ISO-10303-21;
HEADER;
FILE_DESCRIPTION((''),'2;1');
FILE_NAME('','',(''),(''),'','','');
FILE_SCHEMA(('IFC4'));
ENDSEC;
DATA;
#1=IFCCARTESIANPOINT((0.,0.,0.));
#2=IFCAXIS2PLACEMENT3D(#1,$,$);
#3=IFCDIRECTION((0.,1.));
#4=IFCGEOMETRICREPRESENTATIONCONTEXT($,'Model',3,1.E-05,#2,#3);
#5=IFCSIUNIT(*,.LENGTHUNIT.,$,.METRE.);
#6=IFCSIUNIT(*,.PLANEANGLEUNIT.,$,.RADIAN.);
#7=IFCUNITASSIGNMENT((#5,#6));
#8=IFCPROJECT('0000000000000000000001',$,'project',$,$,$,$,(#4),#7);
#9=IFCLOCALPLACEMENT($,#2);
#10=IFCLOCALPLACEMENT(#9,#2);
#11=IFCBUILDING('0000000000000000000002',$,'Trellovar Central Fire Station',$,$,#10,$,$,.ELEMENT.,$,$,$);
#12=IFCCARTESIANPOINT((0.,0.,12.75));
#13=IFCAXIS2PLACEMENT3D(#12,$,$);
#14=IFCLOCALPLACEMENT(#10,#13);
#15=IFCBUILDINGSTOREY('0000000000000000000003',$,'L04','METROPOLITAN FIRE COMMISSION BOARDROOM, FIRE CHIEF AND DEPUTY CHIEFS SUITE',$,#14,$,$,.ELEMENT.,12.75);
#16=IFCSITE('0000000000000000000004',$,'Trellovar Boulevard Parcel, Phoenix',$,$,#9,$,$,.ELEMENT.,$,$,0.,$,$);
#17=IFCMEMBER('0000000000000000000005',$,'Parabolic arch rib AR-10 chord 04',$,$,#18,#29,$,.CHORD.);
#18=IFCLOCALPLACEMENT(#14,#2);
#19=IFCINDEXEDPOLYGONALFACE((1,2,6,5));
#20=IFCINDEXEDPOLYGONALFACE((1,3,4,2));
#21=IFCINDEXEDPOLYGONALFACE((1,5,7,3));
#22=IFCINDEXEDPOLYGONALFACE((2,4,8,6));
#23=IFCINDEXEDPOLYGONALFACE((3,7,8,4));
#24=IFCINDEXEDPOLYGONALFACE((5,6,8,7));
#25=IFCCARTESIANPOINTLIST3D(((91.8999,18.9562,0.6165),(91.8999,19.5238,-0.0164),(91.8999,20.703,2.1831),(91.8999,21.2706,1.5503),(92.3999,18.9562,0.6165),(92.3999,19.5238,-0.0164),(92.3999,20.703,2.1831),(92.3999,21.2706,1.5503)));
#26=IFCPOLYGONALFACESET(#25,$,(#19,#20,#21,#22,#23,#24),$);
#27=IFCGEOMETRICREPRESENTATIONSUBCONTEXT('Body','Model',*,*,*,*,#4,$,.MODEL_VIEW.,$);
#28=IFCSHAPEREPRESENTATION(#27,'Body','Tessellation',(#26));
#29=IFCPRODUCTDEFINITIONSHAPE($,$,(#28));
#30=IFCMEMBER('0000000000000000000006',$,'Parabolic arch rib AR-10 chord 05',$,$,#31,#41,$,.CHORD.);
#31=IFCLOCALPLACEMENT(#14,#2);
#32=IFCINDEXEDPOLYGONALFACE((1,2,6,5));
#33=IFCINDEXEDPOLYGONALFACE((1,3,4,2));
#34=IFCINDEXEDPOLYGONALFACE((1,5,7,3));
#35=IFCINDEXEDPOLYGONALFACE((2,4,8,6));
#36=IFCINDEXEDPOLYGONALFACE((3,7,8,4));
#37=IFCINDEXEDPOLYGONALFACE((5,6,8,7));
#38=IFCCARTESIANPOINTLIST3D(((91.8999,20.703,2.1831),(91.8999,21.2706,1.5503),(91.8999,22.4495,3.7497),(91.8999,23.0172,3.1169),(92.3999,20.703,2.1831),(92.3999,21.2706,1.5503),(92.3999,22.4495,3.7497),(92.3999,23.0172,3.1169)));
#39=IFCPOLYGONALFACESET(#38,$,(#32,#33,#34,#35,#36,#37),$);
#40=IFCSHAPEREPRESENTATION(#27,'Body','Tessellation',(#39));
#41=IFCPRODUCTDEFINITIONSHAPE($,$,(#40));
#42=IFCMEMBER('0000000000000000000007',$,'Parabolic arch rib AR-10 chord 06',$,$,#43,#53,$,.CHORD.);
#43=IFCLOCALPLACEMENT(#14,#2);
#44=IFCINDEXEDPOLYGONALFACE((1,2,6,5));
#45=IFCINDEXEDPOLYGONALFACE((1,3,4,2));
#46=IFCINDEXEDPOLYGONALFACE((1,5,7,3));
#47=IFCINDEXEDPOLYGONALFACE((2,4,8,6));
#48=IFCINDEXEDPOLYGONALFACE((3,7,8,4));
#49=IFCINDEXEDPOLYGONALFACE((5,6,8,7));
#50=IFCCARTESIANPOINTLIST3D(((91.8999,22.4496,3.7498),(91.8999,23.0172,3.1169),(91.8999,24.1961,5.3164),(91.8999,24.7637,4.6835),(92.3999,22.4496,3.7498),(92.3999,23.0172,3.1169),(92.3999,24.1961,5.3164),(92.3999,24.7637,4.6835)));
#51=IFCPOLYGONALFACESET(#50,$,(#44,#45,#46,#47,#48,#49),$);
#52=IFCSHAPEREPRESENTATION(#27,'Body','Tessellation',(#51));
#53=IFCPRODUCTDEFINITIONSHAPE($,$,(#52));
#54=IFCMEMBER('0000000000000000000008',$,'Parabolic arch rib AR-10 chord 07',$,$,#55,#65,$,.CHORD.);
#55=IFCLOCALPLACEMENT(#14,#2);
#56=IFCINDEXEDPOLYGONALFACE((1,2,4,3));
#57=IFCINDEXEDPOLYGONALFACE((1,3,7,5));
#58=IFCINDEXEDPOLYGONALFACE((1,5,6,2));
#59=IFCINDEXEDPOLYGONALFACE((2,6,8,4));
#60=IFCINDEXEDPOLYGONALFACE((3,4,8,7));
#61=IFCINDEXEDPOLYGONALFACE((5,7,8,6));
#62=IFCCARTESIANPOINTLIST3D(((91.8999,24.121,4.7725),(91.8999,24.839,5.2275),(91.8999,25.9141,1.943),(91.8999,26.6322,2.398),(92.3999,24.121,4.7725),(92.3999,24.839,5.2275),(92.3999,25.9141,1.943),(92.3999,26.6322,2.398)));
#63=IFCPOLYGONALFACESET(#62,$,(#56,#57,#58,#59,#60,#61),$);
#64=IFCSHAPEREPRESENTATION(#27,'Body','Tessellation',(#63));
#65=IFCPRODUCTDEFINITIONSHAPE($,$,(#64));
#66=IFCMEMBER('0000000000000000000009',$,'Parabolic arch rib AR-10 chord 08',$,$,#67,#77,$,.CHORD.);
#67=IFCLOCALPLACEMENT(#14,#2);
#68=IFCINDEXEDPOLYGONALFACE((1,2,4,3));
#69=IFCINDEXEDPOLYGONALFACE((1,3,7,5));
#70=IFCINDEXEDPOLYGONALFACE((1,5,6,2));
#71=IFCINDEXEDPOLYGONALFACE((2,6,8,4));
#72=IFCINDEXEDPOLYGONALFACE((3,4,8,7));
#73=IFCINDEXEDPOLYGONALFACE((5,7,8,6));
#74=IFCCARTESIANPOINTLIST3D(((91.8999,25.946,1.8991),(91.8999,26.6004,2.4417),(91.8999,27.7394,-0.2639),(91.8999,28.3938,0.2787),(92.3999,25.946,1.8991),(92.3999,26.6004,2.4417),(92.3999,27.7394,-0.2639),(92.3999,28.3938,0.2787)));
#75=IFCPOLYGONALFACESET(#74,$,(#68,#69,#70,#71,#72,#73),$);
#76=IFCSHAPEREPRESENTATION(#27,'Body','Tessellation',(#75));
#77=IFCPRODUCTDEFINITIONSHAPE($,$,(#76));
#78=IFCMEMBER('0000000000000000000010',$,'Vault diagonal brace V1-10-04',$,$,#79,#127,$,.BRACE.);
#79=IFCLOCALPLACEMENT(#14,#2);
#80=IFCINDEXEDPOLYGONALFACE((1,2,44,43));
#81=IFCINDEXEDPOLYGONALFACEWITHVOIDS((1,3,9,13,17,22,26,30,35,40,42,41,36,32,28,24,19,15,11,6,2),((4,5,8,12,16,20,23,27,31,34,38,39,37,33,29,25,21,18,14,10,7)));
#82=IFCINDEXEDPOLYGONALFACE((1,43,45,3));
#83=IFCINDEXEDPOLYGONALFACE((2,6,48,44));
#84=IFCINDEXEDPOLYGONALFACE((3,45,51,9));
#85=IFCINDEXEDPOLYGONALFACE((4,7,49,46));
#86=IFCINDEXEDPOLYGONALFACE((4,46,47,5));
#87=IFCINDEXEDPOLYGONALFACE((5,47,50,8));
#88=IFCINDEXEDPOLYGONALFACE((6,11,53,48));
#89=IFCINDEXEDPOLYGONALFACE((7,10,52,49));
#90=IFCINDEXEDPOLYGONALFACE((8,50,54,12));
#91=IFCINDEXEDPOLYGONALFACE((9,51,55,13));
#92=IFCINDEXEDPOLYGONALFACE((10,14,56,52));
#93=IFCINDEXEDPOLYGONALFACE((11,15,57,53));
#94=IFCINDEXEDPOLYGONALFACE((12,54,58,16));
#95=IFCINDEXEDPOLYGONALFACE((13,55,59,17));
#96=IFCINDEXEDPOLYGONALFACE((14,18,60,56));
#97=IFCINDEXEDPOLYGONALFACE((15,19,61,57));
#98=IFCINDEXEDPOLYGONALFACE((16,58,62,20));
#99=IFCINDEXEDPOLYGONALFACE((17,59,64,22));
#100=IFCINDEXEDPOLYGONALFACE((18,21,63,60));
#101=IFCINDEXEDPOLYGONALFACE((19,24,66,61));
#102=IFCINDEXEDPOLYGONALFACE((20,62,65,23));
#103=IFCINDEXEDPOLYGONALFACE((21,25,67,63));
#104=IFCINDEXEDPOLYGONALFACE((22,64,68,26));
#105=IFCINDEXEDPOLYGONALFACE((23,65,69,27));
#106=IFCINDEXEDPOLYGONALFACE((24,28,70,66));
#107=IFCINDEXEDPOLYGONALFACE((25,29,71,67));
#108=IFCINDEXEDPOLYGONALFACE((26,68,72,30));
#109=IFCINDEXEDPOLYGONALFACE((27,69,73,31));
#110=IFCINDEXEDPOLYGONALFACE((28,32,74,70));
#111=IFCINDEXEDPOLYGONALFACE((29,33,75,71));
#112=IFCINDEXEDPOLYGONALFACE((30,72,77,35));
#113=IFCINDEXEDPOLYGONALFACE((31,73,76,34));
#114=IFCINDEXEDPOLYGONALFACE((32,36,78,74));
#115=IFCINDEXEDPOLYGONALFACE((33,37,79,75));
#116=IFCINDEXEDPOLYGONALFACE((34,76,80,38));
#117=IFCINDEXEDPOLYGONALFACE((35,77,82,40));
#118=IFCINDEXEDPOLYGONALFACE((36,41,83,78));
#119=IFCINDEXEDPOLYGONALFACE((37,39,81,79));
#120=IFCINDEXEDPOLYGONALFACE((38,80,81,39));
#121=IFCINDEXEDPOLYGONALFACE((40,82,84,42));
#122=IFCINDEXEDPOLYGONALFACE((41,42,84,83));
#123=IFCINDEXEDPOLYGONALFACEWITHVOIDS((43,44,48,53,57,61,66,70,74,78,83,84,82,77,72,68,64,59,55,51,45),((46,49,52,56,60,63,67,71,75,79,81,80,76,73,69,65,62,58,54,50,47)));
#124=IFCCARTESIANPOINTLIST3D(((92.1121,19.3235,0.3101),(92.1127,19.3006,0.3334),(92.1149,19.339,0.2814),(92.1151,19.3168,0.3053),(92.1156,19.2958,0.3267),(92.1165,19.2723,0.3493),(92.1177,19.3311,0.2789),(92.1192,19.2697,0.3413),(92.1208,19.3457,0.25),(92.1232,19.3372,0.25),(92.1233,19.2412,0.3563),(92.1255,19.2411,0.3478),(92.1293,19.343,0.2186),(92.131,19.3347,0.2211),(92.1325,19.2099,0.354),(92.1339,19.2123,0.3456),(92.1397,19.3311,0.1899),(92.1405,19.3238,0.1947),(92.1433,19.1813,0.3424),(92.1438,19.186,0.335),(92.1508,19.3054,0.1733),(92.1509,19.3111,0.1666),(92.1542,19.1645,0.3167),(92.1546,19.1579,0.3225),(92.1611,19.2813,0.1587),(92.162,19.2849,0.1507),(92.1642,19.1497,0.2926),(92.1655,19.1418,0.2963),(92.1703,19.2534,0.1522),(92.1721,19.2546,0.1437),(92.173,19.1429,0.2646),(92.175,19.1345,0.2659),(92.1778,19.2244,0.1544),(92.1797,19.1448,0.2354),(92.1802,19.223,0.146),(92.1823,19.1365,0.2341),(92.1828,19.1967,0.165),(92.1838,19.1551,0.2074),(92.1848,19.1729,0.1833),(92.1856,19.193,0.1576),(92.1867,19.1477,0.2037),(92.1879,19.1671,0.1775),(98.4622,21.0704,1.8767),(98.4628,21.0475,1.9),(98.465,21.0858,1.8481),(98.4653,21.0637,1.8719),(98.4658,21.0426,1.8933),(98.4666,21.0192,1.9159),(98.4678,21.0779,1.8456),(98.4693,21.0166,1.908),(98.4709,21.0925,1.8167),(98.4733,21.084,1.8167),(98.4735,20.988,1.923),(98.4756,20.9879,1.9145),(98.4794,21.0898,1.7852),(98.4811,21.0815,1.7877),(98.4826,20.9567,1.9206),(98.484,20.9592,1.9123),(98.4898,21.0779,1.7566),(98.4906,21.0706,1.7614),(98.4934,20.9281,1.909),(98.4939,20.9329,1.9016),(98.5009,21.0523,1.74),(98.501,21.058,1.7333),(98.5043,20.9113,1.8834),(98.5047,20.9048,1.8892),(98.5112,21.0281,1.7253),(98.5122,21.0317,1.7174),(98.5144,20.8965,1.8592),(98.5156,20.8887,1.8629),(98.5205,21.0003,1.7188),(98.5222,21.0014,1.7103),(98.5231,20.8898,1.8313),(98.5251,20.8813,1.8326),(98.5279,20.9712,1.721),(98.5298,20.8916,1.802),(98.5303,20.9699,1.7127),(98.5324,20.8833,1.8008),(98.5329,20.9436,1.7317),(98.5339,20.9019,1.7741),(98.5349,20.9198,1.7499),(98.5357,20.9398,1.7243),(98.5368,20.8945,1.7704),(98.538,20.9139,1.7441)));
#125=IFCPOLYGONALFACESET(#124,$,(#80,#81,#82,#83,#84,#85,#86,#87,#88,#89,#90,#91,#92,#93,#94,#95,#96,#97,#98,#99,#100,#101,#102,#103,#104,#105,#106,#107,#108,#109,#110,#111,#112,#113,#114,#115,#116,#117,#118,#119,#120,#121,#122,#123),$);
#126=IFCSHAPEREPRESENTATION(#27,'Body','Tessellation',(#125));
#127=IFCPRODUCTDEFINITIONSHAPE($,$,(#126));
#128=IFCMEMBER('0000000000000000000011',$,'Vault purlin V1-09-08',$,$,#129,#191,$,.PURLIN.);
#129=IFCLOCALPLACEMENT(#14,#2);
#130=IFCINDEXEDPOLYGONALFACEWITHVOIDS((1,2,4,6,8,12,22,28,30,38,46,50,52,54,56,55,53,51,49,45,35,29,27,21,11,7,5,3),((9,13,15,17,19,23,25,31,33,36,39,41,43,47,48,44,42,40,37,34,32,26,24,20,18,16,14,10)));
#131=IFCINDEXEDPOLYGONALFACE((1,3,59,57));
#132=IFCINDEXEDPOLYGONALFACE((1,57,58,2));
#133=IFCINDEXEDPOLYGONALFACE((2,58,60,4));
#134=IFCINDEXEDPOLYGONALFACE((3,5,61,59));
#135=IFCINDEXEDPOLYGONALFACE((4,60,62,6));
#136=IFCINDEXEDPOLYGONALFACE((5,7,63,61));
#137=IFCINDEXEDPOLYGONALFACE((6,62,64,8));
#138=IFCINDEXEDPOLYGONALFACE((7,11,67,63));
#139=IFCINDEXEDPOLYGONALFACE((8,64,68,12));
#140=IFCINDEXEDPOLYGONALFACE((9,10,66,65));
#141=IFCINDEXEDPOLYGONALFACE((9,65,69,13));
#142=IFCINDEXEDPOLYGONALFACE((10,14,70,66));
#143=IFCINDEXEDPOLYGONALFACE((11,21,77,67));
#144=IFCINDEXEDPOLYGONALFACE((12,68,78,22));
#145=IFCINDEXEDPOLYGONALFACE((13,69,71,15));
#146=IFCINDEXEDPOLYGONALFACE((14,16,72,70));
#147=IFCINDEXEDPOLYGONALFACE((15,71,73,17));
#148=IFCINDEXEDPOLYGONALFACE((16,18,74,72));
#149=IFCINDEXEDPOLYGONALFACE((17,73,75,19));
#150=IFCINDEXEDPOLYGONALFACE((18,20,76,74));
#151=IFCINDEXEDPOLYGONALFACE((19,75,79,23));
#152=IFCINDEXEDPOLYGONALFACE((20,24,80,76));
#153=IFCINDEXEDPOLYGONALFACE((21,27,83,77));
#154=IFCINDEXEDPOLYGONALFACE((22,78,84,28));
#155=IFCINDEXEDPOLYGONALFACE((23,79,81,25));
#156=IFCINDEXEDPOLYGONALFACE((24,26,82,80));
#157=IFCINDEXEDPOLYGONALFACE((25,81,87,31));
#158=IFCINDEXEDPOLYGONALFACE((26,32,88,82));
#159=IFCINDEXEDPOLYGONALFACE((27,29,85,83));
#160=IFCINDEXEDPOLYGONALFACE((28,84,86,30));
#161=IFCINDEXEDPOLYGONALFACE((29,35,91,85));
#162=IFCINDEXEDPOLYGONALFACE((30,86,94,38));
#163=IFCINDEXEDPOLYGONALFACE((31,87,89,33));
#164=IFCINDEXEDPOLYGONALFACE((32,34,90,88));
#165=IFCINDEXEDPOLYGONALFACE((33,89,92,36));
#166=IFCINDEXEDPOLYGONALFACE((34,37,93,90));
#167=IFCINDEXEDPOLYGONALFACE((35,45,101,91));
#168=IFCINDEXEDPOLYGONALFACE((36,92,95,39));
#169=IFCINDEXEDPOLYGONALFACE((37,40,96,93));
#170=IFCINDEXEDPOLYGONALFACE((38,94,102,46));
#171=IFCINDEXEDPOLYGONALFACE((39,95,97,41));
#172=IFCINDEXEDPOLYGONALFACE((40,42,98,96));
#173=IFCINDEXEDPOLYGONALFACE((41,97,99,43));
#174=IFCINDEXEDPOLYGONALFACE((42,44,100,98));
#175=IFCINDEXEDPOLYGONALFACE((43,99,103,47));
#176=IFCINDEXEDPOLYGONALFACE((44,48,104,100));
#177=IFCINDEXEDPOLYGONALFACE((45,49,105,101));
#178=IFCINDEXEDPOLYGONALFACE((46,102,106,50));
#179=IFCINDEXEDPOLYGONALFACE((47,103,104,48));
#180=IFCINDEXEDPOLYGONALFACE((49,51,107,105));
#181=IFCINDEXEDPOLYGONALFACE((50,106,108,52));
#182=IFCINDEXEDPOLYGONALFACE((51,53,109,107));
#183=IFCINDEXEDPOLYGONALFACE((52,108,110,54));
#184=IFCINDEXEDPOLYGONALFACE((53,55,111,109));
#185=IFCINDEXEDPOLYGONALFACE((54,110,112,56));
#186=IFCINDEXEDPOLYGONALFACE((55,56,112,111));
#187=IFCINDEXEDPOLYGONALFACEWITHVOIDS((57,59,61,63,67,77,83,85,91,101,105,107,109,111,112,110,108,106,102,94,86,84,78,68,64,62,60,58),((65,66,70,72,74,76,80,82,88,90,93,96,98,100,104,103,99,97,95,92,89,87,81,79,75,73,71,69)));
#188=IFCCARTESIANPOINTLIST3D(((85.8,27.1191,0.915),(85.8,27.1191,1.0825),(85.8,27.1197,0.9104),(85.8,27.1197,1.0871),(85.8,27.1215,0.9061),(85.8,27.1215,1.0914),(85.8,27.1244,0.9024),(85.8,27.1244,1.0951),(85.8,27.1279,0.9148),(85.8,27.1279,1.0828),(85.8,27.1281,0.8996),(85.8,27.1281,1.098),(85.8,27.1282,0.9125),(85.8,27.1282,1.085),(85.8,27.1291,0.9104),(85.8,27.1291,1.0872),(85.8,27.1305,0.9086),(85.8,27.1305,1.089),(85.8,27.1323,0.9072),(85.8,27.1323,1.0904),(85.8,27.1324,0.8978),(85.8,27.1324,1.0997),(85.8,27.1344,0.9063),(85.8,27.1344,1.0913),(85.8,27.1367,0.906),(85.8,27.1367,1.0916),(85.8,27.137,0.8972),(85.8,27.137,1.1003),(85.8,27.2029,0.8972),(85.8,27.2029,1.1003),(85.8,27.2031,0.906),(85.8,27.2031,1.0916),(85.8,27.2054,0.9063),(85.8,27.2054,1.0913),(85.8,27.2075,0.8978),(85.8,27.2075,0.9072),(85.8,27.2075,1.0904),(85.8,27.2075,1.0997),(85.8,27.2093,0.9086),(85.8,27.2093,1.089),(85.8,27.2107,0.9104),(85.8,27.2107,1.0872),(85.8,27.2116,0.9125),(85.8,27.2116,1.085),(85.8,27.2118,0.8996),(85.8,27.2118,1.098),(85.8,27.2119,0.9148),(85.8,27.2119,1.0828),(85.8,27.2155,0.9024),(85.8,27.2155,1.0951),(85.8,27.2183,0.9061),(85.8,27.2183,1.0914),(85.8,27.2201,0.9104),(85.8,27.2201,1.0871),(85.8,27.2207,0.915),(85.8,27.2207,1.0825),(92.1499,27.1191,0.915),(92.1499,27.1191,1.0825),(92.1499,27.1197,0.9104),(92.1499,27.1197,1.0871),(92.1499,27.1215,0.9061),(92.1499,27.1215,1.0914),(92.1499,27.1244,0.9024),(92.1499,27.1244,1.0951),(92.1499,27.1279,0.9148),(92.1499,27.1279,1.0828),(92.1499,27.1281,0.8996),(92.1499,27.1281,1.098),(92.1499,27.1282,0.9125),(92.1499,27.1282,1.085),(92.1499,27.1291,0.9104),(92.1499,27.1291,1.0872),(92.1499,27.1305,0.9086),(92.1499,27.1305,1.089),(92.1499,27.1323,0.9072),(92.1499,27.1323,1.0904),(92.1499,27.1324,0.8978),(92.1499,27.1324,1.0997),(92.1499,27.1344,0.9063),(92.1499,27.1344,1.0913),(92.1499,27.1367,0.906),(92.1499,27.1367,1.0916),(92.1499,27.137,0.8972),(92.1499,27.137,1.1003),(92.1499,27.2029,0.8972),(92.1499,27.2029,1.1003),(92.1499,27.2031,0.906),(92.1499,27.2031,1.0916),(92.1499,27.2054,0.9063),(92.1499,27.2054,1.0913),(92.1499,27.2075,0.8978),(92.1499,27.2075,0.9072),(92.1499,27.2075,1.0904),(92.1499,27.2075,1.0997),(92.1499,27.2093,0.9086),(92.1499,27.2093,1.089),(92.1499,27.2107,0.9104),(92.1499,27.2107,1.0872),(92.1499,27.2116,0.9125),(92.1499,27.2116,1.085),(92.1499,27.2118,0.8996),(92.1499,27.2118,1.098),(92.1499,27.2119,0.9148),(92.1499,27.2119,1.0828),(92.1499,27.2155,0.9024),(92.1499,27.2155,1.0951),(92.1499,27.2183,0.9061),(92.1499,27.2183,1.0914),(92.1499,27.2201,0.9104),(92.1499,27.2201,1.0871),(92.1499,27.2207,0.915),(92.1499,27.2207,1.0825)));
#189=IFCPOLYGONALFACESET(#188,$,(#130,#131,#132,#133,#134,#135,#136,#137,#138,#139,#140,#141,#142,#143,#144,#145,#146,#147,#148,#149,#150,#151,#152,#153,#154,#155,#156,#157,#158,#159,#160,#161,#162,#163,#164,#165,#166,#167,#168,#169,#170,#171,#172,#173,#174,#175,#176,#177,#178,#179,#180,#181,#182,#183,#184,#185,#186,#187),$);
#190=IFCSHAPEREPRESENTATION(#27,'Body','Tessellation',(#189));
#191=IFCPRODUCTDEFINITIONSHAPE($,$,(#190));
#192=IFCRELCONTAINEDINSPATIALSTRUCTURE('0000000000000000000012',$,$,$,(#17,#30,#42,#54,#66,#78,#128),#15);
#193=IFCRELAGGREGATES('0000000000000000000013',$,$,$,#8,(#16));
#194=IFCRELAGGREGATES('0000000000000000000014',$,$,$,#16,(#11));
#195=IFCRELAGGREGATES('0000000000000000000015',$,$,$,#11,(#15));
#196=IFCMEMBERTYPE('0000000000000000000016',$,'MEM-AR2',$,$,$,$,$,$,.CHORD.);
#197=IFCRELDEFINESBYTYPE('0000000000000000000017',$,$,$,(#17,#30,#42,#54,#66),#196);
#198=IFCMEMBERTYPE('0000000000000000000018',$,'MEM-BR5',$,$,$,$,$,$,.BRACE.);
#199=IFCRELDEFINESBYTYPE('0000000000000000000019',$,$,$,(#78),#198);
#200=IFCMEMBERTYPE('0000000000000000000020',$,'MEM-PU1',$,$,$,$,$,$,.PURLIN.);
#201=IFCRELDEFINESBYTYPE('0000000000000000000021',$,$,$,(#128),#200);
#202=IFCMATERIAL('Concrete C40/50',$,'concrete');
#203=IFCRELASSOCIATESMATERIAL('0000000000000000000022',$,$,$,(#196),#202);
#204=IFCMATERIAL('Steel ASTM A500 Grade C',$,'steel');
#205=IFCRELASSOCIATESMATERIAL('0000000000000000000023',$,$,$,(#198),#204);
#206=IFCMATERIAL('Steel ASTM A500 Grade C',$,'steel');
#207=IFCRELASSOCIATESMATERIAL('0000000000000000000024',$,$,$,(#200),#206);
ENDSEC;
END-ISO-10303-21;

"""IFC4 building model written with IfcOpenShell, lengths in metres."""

from ifc_helpers import new_model, si_unit, direction, frame, origin, origin_2d, place, context, subcontext, project, spatial, rectangle, hollow_rectangle, hollow_circle, extrude, material, material_profile, profile_set, type_object, element, save


model = new_model("IFC4")

# Units and contexts
model_context = context("Model", 3, precision=1e-05, world=origin(), true_north=direction((0.0, 1.0)))
body_context = subcontext(model_context, "Body", "Model", "MODEL_VIEW")
ifc_project = project(units=[si_unit("LENGTHUNIT", "METRE"), si_unit("PLANEANGLEUNIT", "RADIAN")], contexts=[model_context])

# Site, building, storey
site_placement = place(None, origin())
site = spatial("IfcSite", under=ifc_project, at=site_placement, Name="Trellovar Boulevard Parcel, Phoenix", CompositionType="ELEMENT", RefElevation=0.0)
building_placement = place(site_placement, origin())
building = spatial("IfcBuilding", under=site, at=building_placement, Name="Trellovar Central Fire Station", CompositionType="ELEMENT")
storey_placement = place(building_placement, frame((0.0, 0.0, 12.75)))
storey = spatial("IfcBuildingStorey", under=building, at=storey_placement, Name="L04", Description="METROPOLITAN FIRE COMMISSION BOARDROOM, FIRE CHIEF AND DEPUTY CHIEFS SUITE", CompositionType="ELEMENT", Elevation=12.75)

# Members
ifc_material_1 = material(Name="Concrete C40/50", Category="concrete")
ifc_material_profile_1 = material_profile(ifc_material_1, rectangle(XDim=0.5, YDim=0.8501, at=origin_2d()), Name="RC500X850")
ifc_profile_set_1 = profile_set([ifc_material_profile_1], Name="Concrete C40/50")
member_type_1 = type_object("IfcMemberType", Name="MEM-AR2", PredefinedType="CHORD", material=ifc_profile_set_1)
member_1_placement = place(storey_placement, frame((92.1499, 19.24, 0.3), z_axis=(0.0, 0.744457, 0.66767), x_axis=(-1.0, 0.0, 0.0)))
element("IfcMember", 1, at=member_1_placement, inside=storey, type_object=member_type_1, Name="Parabolic arch rib AR-10 chord 04", PredefinedType="CHORD", context=body_context, shape_type="SweptSolid", body=[
    extrude(rectangle(XDim=0.5, YDim=0.8501, at=origin_2d()), origin(), (0.0, 0.0, 1.0), 2.3464),
])
for number, where, z_axis, x_axis, name in (
    (2, (92.1499, 20.9868, 1.8667), (0.0, 0.744411, 0.667722), (-1.0, 0.0, 0.0), "Parabolic arch rib AR-10 chord 05"),
    (3, (92.1499, 22.7334, 3.4333), (0.0, 0.744411, 0.667722), (-1.0, 0.0, 0.0), "Parabolic arch rib AR-10 chord 06"),
):
    element("IfcMember", number, at=place(storey_placement, frame(where, z_axis=z_axis, x_axis=x_axis)), inside=storey, type_object=member_type_1, Name=name, PredefinedType="CHORD", context=body_context, shape_type="SweptSolid", body=[
        extrude(rectangle(XDim=0.5, YDim=0.8501, at=origin_2d()), origin(), (0.0, 0.0, 1.0), 2.3462),
    ])
member_2_placement = place(storey_placement, frame((92.1499, 24.48, 5.0), z_axis=(0.0, 0.535295, -0.844665), x_axis=(-1.0, 0.0, 0.0)))
element("IfcMember", 4, at=member_2_placement, inside=storey, type_object=member_type_1, Name="Parabolic arch rib AR-10 chord 07", PredefinedType="CHORD", context=body_context, shape_type="SweptSolid", body=[
    extrude(rectangle(XDim=0.5, YDim=0.8501, at=origin_2d()), origin(), (0.0, 0.0, 1.0), 3.3499),
])
member_3_placement = place(storey_placement, frame((92.1499, 26.2732, 2.1704), z_axis=(0.0, 0.638268, -0.769814), x_axis=(-1.0, 0.0, 0.0)))
element("IfcMember", 5, at=member_3_placement, inside=storey, type_object=member_type_1, Name="Parabolic arch rib AR-10 chord 08", PredefinedType="CHORD", context=body_context, shape_type="SweptSolid", body=[
    extrude(rectangle(XDim=0.5, YDim=0.8501, at=origin_2d()), origin(), (0.0, 0.0, 1.0), 2.8098),
])
ifc_material_2 = material(Name="Steel ASTM A500 Grade C", Category="steel")
ifc_material_profile_2 = material_profile(ifc_material_2, hollow_circle(Radius=0.1096, WallThickness=0.0088, at=origin_2d()), Name="HSS8.625X0.375")
ifc_profile_set_2 = profile_set([ifc_material_profile_2], Name="Steel ASTM A500 Grade C")
member_type_2 = type_object("IfcMemberType", Name="MEM-BR5", PredefinedType="BRACE", material=ifc_profile_set_2)
member_4_placement = place(storey_placement, frame((92.1499, 19.24, 0.25), z_axis=(0.93801, 0.258034, 0.231419), x_axis=(-0.265234, 0.964184, 0.0)))
element("IfcMember", 6, at=member_4_placement, inside=storey, type_object=member_type_2, Name="Vault diagonal brace V1-10-04", PredefinedType="BRACE", context=body_context, shape_type="SweptSolid", body=[
    extrude(hollow_circle(Radius=0.1096, WallThickness=0.0088, at=origin_2d()), origin(), (0.0, 0.0, 1.0), 6.7698),
])
ifc_material_3 = material(Name="Steel ASTM A500 Grade C", Category="steel")
ifc_material_profile_3 = material_profile(ifc_material_3, hollow_rectangle(XDim=0.1016, YDim=0.2031, WallThickness=0.0088, InnerFilletRadius=0.0088, OuterFilletRadius=0.0178, at=origin_2d()), Name="HSS8X4X3/8")
ifc_profile_set_3 = profile_set([ifc_material_profile_3], Name="Steel ASTM A500 Grade C")
member_type_3 = type_object("IfcMemberType", Name="MEM-PU1", PredefinedType="PURLIN", material=ifc_profile_set_3)
member_5_placement = place(storey_placement, frame((85.8, 27.1699, 0.9988), z_axis=(1.0, 0.0, 0.0), x_axis=(0.0, 1.0, 0.0)))
element("IfcMember", 7, at=member_5_placement, inside=storey, type_object=member_type_3, Name="Vault purlin V1-09-08", PredefinedType="PURLIN", context=body_context, shape_type="SweptSolid", body=[
    extrude(hollow_rectangle(XDim=0.1016, YDim=0.2031, WallThickness=0.0088, InnerFilletRadius=0.0088, OuterFilletRadius=0.0178, at=origin_2d()), origin(), (0.0, 0.0, 1.0), 6.3499),
])

save(model, "model.ifc")
